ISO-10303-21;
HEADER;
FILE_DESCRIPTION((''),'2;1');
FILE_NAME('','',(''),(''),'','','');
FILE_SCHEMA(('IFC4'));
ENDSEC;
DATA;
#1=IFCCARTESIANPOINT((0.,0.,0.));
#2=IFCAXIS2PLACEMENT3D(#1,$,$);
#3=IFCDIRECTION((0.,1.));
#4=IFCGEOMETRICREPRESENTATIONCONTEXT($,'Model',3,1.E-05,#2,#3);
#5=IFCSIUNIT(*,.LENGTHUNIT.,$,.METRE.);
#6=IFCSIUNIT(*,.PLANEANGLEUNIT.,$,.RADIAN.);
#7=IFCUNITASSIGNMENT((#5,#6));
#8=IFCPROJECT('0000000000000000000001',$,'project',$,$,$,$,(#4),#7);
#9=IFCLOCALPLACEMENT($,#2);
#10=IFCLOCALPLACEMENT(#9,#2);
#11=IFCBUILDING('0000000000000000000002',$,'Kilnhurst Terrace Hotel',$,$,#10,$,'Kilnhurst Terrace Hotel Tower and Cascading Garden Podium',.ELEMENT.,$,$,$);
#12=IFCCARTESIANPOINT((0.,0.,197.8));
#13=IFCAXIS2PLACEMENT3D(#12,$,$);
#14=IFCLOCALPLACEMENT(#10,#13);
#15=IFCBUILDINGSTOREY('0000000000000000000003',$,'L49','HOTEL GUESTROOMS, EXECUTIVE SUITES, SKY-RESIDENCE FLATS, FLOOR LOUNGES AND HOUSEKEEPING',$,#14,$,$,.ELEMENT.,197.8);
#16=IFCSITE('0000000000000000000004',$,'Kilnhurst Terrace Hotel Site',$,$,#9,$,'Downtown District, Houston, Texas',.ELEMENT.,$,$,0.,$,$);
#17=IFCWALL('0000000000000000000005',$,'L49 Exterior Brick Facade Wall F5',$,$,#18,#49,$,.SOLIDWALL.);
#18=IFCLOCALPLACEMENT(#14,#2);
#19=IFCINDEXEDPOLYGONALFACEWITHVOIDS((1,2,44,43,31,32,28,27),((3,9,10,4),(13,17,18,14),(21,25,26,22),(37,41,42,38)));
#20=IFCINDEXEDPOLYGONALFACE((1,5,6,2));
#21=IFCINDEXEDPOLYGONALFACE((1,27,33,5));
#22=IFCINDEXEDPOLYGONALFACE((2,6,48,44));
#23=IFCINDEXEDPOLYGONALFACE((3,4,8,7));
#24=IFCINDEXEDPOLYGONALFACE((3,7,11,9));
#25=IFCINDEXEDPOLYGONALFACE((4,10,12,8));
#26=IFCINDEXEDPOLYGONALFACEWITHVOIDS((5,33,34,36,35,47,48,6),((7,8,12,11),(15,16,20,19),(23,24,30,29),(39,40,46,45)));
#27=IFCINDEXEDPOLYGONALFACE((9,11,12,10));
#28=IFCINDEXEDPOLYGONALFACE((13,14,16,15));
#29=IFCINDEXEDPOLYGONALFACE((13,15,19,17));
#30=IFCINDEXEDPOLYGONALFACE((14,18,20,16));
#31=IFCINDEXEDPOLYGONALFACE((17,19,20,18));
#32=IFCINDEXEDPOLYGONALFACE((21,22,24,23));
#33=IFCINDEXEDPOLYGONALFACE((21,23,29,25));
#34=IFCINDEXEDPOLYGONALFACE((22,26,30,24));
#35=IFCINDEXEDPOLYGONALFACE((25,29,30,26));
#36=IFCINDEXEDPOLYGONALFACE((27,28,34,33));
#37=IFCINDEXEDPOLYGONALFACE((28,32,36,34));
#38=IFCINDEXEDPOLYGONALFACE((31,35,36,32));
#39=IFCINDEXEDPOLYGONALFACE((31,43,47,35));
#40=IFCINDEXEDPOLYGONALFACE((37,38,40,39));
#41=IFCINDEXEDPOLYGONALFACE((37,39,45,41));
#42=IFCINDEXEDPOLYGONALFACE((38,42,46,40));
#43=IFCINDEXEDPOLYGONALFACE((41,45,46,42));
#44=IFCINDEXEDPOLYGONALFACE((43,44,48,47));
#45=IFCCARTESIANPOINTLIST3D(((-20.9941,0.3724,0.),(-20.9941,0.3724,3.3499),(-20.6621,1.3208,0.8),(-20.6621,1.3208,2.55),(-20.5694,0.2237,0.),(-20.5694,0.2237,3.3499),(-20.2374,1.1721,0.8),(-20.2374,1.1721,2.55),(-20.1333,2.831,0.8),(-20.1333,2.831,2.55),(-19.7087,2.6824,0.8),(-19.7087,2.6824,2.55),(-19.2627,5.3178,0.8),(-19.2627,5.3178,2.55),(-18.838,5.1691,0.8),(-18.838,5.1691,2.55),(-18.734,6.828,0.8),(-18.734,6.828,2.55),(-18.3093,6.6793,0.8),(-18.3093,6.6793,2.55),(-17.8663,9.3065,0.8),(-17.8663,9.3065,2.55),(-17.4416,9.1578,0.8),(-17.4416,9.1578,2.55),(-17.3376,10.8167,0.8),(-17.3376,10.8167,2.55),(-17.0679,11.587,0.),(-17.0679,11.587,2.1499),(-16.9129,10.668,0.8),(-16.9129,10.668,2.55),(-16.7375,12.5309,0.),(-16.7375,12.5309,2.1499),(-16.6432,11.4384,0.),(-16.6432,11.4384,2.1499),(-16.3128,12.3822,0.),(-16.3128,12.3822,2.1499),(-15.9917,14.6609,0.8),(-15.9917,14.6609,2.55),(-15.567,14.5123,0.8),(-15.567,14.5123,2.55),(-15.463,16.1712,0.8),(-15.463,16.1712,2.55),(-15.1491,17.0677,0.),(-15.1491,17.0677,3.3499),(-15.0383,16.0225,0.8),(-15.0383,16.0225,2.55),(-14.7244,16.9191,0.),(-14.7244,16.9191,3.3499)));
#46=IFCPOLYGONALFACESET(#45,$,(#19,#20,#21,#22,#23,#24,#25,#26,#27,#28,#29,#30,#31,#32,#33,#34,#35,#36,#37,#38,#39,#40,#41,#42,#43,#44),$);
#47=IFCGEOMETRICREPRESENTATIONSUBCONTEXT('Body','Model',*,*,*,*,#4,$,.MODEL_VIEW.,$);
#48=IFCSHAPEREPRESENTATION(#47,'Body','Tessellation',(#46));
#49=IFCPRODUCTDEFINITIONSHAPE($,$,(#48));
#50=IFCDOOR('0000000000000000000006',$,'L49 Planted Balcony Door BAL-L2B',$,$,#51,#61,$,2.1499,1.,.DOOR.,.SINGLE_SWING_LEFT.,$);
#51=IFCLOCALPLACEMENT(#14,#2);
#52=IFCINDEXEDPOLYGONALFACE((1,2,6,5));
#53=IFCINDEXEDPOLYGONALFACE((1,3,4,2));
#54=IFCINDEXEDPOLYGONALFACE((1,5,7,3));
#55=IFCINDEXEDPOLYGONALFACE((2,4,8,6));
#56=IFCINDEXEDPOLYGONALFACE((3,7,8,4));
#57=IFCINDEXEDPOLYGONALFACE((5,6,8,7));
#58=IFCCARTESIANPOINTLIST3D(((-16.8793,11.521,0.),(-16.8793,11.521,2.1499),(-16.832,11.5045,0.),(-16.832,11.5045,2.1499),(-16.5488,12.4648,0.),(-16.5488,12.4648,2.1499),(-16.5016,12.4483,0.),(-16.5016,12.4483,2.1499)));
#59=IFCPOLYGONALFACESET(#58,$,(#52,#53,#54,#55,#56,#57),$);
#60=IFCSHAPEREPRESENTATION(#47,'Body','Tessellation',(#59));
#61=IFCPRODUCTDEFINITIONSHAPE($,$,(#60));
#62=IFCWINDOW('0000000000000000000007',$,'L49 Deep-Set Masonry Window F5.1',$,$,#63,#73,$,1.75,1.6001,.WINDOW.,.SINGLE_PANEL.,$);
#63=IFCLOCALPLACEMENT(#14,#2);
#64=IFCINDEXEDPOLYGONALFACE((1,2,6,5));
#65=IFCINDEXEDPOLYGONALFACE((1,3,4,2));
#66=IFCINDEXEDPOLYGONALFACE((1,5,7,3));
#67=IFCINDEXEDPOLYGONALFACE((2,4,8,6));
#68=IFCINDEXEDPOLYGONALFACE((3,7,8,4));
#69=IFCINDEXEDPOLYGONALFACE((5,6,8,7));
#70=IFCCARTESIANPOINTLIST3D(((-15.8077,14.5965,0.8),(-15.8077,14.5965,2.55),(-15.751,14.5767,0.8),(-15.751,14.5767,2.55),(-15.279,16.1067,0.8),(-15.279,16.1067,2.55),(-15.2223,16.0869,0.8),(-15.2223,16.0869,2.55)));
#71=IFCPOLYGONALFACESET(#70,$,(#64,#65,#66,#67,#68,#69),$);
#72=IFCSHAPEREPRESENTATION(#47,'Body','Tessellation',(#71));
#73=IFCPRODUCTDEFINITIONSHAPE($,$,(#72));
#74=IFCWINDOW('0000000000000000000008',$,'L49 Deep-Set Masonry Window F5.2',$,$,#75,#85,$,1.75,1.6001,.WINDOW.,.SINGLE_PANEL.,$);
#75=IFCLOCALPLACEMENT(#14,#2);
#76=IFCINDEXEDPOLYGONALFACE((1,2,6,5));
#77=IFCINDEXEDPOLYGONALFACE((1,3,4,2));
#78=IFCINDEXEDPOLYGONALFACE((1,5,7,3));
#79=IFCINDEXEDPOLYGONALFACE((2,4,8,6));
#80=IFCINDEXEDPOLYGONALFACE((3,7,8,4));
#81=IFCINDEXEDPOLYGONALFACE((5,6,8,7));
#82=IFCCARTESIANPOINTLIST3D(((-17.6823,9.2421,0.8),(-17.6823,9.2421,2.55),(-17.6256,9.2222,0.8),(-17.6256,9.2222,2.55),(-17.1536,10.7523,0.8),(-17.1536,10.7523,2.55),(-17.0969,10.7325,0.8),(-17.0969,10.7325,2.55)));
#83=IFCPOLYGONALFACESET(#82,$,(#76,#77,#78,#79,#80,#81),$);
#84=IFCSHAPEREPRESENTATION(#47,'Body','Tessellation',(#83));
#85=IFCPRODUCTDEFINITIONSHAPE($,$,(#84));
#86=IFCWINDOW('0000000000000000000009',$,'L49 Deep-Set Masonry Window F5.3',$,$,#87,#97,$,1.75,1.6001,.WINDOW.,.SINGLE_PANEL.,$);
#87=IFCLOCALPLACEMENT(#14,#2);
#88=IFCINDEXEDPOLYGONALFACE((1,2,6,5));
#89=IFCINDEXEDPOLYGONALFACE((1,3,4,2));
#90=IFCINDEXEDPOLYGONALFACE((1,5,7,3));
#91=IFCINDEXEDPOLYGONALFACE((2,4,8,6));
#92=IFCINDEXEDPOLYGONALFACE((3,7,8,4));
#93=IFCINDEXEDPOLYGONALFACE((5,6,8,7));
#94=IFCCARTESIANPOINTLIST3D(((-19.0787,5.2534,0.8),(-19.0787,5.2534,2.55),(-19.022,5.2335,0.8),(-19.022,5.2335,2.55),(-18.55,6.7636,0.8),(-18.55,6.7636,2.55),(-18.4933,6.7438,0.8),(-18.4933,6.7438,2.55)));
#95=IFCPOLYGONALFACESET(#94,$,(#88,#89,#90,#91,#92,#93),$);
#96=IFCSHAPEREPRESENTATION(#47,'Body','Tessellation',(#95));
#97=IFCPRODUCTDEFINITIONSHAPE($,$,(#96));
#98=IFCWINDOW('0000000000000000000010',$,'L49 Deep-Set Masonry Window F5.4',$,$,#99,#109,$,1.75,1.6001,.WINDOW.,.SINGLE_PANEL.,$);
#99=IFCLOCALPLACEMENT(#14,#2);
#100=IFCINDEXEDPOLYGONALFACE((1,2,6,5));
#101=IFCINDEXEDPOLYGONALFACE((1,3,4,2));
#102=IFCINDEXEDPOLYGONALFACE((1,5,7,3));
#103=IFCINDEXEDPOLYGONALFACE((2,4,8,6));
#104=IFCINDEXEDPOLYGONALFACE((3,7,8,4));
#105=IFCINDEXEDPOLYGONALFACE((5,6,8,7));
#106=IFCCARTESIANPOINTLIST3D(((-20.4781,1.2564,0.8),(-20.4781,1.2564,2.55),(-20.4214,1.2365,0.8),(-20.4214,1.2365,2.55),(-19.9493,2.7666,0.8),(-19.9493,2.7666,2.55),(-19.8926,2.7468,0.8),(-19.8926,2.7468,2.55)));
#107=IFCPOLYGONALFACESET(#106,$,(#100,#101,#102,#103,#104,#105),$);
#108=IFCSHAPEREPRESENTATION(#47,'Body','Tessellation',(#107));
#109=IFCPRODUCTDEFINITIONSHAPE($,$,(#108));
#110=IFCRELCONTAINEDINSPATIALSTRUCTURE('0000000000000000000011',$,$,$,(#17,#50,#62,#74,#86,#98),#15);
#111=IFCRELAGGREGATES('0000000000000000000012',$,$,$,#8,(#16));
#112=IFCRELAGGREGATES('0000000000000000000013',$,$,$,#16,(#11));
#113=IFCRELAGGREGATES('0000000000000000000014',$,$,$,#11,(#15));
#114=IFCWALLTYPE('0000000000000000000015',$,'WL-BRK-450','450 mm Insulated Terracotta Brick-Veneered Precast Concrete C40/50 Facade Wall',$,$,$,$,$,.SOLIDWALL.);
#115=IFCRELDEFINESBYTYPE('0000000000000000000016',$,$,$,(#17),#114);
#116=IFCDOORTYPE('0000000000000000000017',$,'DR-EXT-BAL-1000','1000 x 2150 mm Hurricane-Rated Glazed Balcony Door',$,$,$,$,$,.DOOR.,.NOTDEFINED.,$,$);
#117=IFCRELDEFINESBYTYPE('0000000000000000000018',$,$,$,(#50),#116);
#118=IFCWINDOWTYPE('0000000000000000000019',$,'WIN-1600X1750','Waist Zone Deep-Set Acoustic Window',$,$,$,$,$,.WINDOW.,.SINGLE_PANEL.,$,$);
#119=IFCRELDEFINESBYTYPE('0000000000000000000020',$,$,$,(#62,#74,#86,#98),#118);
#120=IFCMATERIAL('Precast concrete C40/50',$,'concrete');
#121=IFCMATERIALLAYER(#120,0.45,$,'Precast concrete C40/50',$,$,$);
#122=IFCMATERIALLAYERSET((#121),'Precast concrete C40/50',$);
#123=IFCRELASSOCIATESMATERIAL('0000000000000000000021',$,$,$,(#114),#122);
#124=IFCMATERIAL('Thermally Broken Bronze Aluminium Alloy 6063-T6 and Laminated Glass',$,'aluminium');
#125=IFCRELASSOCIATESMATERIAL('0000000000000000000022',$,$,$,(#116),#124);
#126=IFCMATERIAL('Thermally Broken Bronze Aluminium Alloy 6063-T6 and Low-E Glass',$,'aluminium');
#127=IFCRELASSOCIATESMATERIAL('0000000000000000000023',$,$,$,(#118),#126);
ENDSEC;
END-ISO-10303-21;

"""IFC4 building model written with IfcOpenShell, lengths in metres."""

from ifc_helpers import new_model, si_unit, direction, frame, frame_2d, origin, place, context, subcontext, project, spatial, rectangle, extrude, material, layer, layer_set, type_object, element, fill, save


model = new_model("IFC4")

# Units and contexts
model_context = context("Model", 3, precision=1e-05, world=origin(), true_north=direction((0.0, 1.0)))
body_context = subcontext(model_context, "Body", "Model", "MODEL_VIEW")
ifc_project = project(units=[si_unit("LENGTHUNIT", "METRE"), si_unit("PLANEANGLEUNIT", "RADIAN")], contexts=[model_context])

# Site, building, storey
site_placement = place(None, origin())
site = spatial("IfcSite", under=ifc_project, at=site_placement, Name="Kilnhurst Terrace Hotel Site", LongName="Downtown District, Houston, Texas", CompositionType="ELEMENT", RefElevation=0.0)
building_placement = place(site_placement, origin())
building = spatial("IfcBuilding", under=site, at=building_placement, Name="Kilnhurst Terrace Hotel", LongName="Kilnhurst Terrace Hotel Tower and Cascading Garden Podium", CompositionType="ELEMENT")
storey_placement = place(building_placement, frame((0.0, 0.0, 197.8)))
storey = spatial("IfcBuildingStorey", under=building, at=storey_placement, Name="L49", Description="HOTEL GUESTROOMS, EXECUTIVE SUITES, SKY-RESIDENCE FLATS, FLOOR LOUNGES AND HOUSEKEEPING", CompositionType="ELEMENT", Elevation=197.8)

# Shared definitions
ifc_material_1 = material(Name="Precast concrete C40/50", Category="concrete")
ifc_layer_1 = layer(ifc_material_1, 0.45, Name="Precast concrete C40/50")
ifc_layer_set_1 = layer_set([ifc_layer_1], Name="Precast concrete C40/50")
wall_type_1 = type_object("IfcWallType", Name="WL-BRK-450", Description="450 mm Insulated Terracotta Brick-Veneered Precast Concrete C40/50 Facade Wall", PredefinedType="SOLIDWALL", material=ifc_layer_set_1)

# Wall, openings, door, windows
wall_1_placement = place(storey_placement, frame((-14.9368, 16.9934, 0.0), z_axis=(0.0, 0.0, 1.0), x_axis=(-0.330432, -0.94383, 0.0)))
wall_1 = element("IfcWall", 1, at=wall_1_placement, inside=storey, type_object=wall_type_1, Name="L49 Exterior Brick Facade Wall F5", PredefinedType="SOLIDWALL", context=body_context, shape_type="SweptSolid", body=[
    extrude(rectangle(XDim=17.689, YDim=0.45, at=frame_2d((8.8445, 0.0))), origin(), (0.0, 0.0, 1.0), 3.3499),
])
opening_1_placement = place(wall_1_placement, frame((4.8069, 0.0, 0.0)))
opening_1 = element("IfcOpeningElement", 2, at=opening_1_placement, cuts=wall_1, PredefinedType="OPENING", context=body_context, shape_type="SweptSolid", body=[
    extrude(rectangle(XDim=1.0, YDim=2.1499, at=frame_2d((0.5, 1.075))), frame((0.0, 0.2349, 0.0), z_axis=(0.0, -1.0, 0.0), x_axis=(1.0, 0.0, 0.0)), (0.0, 0.0, 1.0), 0.47),
])
opening_2_placement = place(wall_1_placement, frame((0.95, 0.0, 0.8)))
opening_2 = element("IfcOpeningElement", 3, at=opening_2_placement, cuts=wall_1, PredefinedType="OPENING", context=body_context, shape_type="SweptSolid", body=[
    extrude(rectangle(XDim=1.6001, YDim=1.75, at=frame_2d((0.8, 0.875))), frame((0.0, 0.2349, 0.0), z_axis=(0.0, -1.0, 0.0), x_axis=(1.0, 0.0, 0.0)), (0.0, 0.0, 1.0), 0.47),
])
opening_3_placement = place(wall_1_placement, frame((6.623, 0.0, 0.8)))
opening_3 = element("IfcOpeningElement", 4, at=opening_3_placement, cuts=wall_1, PredefinedType="OPENING", context=body_context, shape_type="SweptSolid", body=[
    extrude(rectangle(XDim=1.6001, YDim=1.75, at=frame_2d((0.8, 0.875))), frame((0.0, 0.2349, 0.0), z_axis=(0.0, -1.0, 0.0), x_axis=(1.0, 0.0, 0.0)), (0.0, 0.0, 1.0), 0.47),
])
opening_4_placement = place(wall_1_placement, frame((10.8491, 0.0, 0.8)))
opening_4 = element("IfcOpeningElement", 5, at=opening_4_placement, cuts=wall_1, PredefinedType="OPENING", context=body_context, shape_type="SweptSolid", body=[
    extrude(rectangle(XDim=1.6001, YDim=1.75, at=frame_2d((0.8, 0.875))), frame((0.0, 0.2349, 0.0), z_axis=(0.0, -1.0, 0.0), x_axis=(1.0, 0.0, 0.0)), (0.0, 0.0, 1.0), 0.47),
])
opening_5_placement = place(wall_1_placement, frame((15.084, 0.0, 0.8)))
opening_5 = element("IfcOpeningElement", 6, at=opening_5_placement, cuts=wall_1, PredefinedType="OPENING", context=body_context, shape_type="SweptSolid", body=[
    extrude(rectangle(XDim=1.6001, YDim=1.75, at=frame_2d((0.8, 0.875))), frame((0.0, 0.2349, 0.0), z_axis=(0.0, -1.0, 0.0), x_axis=(1.0, 0.0, 0.0)), (0.0, 0.0, 1.0), 0.47),
])
ifc_material_2 = material(Name="Thermally Broken Bronze Aluminium Alloy 6063-T6 and Laminated Glass", Category="aluminium")
door_type_1 = type_object("IfcDoorType", Name="DR-EXT-BAL-1000", Description="1000 x 2150 mm Hurricane-Rated Glazed Balcony Door", OperationType="NOTDEFINED", PredefinedType="DOOR", material=ifc_material_2)
door_1_placement = place(opening_1_placement, origin())
door_1 = element("IfcDoor", 7, at=door_1_placement, inside=storey, type_object=door_type_1, Name="L49 Planted Balcony Door BAL-L2B", OperationType="SINGLE_SWING_LEFT", OverallHeight=2.1499, OverallWidth=1.0, PredefinedType="DOOR", context=body_context, shape_type="SweptSolid", body=[
    extrude(rectangle(XDim=1.0, YDim=2.1499, at=frame_2d((0.5, 1.075))), frame((0.0, 0.0249, 0.0), z_axis=(0.0, -1.0, 0.0), x_axis=(1.0, 0.0, 0.0)), (0.0, 0.0, 1.0), 0.05),
])
fill(opening_1, door_1)
ifc_material_3 = material(Name="Thermally Broken Bronze Aluminium Alloy 6063-T6 and Low-E Glass", Category="aluminium")
window_type = type_object("IfcWindowType", Name="WIN-1600X1750", Description="Waist Zone Deep-Set Acoustic Window", PartitioningType="SINGLE_PANEL", PredefinedType="WINDOW", material=ifc_material_3)
window_1_placement = place(opening_2_placement, origin())
window_1 = element("IfcWindow", 8, at=window_1_placement, inside=storey, type_object=window_type, Name="L49 Deep-Set Masonry Window F5.1", OverallHeight=1.75, OverallWidth=1.6001, PartitioningType="SINGLE_PANEL", PredefinedType="WINDOW", context=body_context, shape_type="SweptSolid", body=[
    extrude(rectangle(XDim=1.6001, YDim=1.75, at=frame_2d((0.8, 0.875))), frame((0.0, 0.03, 0.0), z_axis=(0.0, -1.0, 0.0), x_axis=(1.0, 0.0, 0.0)), (0.0, 0.0, 1.0), 0.0601),
])
fill(opening_2, window_1)
window_2_placement = place(opening_3_placement, origin())
window_2 = element("IfcWindow", 9, at=window_2_placement, inside=storey, type_object=window_type, Name="L49 Deep-Set Masonry Window F5.2", OverallHeight=1.75, OverallWidth=1.6001, PartitioningType="SINGLE_PANEL", PredefinedType="WINDOW", context=body_context, shape_type="SweptSolid", body=[
    extrude(rectangle(XDim=1.6001, YDim=1.75, at=frame_2d((0.8, 0.875))), frame((0.0, 0.03, 0.0), z_axis=(0.0, -1.0, 0.0), x_axis=(1.0, 0.0, 0.0)), (0.0, 0.0, 1.0), 0.0601),
])
fill(opening_3, window_2)
window_3_placement = place(opening_4_placement, origin())
window_3 = element("IfcWindow", 10, at=window_3_placement, inside=storey, type_object=window_type, Name="L49 Deep-Set Masonry Window F5.3", OverallHeight=1.75, OverallWidth=1.6001, PartitioningType="SINGLE_PANEL", PredefinedType="WINDOW", context=body_context, shape_type="SweptSolid", body=[
    extrude(rectangle(XDim=1.6001, YDim=1.75, at=frame_2d((0.8, 0.875))), frame((0.0, 0.03, 0.0), z_axis=(0.0, -1.0, 0.0), x_axis=(1.0, 0.0, 0.0)), (0.0, 0.0, 1.0), 0.0601),
])
fill(opening_4, window_3)
window_4_placement = place(opening_5_placement, origin())
window_4 = element("IfcWindow", 11, at=window_4_placement, inside=storey, type_object=window_type, Name="L49 Deep-Set Masonry Window F5.4", OverallHeight=1.75, OverallWidth=1.6001, PartitioningType="SINGLE_PANEL", PredefinedType="WINDOW", context=body_context, shape_type="SweptSolid", body=[
    extrude(rectangle(XDim=1.6001, YDim=1.75, at=frame_2d((0.8, 0.875))), frame((0.0, 0.03, 0.0), z_axis=(0.0, -1.0, 0.0), x_axis=(1.0, 0.0, 0.0)), (0.0, 0.0, 1.0), 0.0601),
])
fill(opening_5, window_4)

save(model, "model.ifc")
